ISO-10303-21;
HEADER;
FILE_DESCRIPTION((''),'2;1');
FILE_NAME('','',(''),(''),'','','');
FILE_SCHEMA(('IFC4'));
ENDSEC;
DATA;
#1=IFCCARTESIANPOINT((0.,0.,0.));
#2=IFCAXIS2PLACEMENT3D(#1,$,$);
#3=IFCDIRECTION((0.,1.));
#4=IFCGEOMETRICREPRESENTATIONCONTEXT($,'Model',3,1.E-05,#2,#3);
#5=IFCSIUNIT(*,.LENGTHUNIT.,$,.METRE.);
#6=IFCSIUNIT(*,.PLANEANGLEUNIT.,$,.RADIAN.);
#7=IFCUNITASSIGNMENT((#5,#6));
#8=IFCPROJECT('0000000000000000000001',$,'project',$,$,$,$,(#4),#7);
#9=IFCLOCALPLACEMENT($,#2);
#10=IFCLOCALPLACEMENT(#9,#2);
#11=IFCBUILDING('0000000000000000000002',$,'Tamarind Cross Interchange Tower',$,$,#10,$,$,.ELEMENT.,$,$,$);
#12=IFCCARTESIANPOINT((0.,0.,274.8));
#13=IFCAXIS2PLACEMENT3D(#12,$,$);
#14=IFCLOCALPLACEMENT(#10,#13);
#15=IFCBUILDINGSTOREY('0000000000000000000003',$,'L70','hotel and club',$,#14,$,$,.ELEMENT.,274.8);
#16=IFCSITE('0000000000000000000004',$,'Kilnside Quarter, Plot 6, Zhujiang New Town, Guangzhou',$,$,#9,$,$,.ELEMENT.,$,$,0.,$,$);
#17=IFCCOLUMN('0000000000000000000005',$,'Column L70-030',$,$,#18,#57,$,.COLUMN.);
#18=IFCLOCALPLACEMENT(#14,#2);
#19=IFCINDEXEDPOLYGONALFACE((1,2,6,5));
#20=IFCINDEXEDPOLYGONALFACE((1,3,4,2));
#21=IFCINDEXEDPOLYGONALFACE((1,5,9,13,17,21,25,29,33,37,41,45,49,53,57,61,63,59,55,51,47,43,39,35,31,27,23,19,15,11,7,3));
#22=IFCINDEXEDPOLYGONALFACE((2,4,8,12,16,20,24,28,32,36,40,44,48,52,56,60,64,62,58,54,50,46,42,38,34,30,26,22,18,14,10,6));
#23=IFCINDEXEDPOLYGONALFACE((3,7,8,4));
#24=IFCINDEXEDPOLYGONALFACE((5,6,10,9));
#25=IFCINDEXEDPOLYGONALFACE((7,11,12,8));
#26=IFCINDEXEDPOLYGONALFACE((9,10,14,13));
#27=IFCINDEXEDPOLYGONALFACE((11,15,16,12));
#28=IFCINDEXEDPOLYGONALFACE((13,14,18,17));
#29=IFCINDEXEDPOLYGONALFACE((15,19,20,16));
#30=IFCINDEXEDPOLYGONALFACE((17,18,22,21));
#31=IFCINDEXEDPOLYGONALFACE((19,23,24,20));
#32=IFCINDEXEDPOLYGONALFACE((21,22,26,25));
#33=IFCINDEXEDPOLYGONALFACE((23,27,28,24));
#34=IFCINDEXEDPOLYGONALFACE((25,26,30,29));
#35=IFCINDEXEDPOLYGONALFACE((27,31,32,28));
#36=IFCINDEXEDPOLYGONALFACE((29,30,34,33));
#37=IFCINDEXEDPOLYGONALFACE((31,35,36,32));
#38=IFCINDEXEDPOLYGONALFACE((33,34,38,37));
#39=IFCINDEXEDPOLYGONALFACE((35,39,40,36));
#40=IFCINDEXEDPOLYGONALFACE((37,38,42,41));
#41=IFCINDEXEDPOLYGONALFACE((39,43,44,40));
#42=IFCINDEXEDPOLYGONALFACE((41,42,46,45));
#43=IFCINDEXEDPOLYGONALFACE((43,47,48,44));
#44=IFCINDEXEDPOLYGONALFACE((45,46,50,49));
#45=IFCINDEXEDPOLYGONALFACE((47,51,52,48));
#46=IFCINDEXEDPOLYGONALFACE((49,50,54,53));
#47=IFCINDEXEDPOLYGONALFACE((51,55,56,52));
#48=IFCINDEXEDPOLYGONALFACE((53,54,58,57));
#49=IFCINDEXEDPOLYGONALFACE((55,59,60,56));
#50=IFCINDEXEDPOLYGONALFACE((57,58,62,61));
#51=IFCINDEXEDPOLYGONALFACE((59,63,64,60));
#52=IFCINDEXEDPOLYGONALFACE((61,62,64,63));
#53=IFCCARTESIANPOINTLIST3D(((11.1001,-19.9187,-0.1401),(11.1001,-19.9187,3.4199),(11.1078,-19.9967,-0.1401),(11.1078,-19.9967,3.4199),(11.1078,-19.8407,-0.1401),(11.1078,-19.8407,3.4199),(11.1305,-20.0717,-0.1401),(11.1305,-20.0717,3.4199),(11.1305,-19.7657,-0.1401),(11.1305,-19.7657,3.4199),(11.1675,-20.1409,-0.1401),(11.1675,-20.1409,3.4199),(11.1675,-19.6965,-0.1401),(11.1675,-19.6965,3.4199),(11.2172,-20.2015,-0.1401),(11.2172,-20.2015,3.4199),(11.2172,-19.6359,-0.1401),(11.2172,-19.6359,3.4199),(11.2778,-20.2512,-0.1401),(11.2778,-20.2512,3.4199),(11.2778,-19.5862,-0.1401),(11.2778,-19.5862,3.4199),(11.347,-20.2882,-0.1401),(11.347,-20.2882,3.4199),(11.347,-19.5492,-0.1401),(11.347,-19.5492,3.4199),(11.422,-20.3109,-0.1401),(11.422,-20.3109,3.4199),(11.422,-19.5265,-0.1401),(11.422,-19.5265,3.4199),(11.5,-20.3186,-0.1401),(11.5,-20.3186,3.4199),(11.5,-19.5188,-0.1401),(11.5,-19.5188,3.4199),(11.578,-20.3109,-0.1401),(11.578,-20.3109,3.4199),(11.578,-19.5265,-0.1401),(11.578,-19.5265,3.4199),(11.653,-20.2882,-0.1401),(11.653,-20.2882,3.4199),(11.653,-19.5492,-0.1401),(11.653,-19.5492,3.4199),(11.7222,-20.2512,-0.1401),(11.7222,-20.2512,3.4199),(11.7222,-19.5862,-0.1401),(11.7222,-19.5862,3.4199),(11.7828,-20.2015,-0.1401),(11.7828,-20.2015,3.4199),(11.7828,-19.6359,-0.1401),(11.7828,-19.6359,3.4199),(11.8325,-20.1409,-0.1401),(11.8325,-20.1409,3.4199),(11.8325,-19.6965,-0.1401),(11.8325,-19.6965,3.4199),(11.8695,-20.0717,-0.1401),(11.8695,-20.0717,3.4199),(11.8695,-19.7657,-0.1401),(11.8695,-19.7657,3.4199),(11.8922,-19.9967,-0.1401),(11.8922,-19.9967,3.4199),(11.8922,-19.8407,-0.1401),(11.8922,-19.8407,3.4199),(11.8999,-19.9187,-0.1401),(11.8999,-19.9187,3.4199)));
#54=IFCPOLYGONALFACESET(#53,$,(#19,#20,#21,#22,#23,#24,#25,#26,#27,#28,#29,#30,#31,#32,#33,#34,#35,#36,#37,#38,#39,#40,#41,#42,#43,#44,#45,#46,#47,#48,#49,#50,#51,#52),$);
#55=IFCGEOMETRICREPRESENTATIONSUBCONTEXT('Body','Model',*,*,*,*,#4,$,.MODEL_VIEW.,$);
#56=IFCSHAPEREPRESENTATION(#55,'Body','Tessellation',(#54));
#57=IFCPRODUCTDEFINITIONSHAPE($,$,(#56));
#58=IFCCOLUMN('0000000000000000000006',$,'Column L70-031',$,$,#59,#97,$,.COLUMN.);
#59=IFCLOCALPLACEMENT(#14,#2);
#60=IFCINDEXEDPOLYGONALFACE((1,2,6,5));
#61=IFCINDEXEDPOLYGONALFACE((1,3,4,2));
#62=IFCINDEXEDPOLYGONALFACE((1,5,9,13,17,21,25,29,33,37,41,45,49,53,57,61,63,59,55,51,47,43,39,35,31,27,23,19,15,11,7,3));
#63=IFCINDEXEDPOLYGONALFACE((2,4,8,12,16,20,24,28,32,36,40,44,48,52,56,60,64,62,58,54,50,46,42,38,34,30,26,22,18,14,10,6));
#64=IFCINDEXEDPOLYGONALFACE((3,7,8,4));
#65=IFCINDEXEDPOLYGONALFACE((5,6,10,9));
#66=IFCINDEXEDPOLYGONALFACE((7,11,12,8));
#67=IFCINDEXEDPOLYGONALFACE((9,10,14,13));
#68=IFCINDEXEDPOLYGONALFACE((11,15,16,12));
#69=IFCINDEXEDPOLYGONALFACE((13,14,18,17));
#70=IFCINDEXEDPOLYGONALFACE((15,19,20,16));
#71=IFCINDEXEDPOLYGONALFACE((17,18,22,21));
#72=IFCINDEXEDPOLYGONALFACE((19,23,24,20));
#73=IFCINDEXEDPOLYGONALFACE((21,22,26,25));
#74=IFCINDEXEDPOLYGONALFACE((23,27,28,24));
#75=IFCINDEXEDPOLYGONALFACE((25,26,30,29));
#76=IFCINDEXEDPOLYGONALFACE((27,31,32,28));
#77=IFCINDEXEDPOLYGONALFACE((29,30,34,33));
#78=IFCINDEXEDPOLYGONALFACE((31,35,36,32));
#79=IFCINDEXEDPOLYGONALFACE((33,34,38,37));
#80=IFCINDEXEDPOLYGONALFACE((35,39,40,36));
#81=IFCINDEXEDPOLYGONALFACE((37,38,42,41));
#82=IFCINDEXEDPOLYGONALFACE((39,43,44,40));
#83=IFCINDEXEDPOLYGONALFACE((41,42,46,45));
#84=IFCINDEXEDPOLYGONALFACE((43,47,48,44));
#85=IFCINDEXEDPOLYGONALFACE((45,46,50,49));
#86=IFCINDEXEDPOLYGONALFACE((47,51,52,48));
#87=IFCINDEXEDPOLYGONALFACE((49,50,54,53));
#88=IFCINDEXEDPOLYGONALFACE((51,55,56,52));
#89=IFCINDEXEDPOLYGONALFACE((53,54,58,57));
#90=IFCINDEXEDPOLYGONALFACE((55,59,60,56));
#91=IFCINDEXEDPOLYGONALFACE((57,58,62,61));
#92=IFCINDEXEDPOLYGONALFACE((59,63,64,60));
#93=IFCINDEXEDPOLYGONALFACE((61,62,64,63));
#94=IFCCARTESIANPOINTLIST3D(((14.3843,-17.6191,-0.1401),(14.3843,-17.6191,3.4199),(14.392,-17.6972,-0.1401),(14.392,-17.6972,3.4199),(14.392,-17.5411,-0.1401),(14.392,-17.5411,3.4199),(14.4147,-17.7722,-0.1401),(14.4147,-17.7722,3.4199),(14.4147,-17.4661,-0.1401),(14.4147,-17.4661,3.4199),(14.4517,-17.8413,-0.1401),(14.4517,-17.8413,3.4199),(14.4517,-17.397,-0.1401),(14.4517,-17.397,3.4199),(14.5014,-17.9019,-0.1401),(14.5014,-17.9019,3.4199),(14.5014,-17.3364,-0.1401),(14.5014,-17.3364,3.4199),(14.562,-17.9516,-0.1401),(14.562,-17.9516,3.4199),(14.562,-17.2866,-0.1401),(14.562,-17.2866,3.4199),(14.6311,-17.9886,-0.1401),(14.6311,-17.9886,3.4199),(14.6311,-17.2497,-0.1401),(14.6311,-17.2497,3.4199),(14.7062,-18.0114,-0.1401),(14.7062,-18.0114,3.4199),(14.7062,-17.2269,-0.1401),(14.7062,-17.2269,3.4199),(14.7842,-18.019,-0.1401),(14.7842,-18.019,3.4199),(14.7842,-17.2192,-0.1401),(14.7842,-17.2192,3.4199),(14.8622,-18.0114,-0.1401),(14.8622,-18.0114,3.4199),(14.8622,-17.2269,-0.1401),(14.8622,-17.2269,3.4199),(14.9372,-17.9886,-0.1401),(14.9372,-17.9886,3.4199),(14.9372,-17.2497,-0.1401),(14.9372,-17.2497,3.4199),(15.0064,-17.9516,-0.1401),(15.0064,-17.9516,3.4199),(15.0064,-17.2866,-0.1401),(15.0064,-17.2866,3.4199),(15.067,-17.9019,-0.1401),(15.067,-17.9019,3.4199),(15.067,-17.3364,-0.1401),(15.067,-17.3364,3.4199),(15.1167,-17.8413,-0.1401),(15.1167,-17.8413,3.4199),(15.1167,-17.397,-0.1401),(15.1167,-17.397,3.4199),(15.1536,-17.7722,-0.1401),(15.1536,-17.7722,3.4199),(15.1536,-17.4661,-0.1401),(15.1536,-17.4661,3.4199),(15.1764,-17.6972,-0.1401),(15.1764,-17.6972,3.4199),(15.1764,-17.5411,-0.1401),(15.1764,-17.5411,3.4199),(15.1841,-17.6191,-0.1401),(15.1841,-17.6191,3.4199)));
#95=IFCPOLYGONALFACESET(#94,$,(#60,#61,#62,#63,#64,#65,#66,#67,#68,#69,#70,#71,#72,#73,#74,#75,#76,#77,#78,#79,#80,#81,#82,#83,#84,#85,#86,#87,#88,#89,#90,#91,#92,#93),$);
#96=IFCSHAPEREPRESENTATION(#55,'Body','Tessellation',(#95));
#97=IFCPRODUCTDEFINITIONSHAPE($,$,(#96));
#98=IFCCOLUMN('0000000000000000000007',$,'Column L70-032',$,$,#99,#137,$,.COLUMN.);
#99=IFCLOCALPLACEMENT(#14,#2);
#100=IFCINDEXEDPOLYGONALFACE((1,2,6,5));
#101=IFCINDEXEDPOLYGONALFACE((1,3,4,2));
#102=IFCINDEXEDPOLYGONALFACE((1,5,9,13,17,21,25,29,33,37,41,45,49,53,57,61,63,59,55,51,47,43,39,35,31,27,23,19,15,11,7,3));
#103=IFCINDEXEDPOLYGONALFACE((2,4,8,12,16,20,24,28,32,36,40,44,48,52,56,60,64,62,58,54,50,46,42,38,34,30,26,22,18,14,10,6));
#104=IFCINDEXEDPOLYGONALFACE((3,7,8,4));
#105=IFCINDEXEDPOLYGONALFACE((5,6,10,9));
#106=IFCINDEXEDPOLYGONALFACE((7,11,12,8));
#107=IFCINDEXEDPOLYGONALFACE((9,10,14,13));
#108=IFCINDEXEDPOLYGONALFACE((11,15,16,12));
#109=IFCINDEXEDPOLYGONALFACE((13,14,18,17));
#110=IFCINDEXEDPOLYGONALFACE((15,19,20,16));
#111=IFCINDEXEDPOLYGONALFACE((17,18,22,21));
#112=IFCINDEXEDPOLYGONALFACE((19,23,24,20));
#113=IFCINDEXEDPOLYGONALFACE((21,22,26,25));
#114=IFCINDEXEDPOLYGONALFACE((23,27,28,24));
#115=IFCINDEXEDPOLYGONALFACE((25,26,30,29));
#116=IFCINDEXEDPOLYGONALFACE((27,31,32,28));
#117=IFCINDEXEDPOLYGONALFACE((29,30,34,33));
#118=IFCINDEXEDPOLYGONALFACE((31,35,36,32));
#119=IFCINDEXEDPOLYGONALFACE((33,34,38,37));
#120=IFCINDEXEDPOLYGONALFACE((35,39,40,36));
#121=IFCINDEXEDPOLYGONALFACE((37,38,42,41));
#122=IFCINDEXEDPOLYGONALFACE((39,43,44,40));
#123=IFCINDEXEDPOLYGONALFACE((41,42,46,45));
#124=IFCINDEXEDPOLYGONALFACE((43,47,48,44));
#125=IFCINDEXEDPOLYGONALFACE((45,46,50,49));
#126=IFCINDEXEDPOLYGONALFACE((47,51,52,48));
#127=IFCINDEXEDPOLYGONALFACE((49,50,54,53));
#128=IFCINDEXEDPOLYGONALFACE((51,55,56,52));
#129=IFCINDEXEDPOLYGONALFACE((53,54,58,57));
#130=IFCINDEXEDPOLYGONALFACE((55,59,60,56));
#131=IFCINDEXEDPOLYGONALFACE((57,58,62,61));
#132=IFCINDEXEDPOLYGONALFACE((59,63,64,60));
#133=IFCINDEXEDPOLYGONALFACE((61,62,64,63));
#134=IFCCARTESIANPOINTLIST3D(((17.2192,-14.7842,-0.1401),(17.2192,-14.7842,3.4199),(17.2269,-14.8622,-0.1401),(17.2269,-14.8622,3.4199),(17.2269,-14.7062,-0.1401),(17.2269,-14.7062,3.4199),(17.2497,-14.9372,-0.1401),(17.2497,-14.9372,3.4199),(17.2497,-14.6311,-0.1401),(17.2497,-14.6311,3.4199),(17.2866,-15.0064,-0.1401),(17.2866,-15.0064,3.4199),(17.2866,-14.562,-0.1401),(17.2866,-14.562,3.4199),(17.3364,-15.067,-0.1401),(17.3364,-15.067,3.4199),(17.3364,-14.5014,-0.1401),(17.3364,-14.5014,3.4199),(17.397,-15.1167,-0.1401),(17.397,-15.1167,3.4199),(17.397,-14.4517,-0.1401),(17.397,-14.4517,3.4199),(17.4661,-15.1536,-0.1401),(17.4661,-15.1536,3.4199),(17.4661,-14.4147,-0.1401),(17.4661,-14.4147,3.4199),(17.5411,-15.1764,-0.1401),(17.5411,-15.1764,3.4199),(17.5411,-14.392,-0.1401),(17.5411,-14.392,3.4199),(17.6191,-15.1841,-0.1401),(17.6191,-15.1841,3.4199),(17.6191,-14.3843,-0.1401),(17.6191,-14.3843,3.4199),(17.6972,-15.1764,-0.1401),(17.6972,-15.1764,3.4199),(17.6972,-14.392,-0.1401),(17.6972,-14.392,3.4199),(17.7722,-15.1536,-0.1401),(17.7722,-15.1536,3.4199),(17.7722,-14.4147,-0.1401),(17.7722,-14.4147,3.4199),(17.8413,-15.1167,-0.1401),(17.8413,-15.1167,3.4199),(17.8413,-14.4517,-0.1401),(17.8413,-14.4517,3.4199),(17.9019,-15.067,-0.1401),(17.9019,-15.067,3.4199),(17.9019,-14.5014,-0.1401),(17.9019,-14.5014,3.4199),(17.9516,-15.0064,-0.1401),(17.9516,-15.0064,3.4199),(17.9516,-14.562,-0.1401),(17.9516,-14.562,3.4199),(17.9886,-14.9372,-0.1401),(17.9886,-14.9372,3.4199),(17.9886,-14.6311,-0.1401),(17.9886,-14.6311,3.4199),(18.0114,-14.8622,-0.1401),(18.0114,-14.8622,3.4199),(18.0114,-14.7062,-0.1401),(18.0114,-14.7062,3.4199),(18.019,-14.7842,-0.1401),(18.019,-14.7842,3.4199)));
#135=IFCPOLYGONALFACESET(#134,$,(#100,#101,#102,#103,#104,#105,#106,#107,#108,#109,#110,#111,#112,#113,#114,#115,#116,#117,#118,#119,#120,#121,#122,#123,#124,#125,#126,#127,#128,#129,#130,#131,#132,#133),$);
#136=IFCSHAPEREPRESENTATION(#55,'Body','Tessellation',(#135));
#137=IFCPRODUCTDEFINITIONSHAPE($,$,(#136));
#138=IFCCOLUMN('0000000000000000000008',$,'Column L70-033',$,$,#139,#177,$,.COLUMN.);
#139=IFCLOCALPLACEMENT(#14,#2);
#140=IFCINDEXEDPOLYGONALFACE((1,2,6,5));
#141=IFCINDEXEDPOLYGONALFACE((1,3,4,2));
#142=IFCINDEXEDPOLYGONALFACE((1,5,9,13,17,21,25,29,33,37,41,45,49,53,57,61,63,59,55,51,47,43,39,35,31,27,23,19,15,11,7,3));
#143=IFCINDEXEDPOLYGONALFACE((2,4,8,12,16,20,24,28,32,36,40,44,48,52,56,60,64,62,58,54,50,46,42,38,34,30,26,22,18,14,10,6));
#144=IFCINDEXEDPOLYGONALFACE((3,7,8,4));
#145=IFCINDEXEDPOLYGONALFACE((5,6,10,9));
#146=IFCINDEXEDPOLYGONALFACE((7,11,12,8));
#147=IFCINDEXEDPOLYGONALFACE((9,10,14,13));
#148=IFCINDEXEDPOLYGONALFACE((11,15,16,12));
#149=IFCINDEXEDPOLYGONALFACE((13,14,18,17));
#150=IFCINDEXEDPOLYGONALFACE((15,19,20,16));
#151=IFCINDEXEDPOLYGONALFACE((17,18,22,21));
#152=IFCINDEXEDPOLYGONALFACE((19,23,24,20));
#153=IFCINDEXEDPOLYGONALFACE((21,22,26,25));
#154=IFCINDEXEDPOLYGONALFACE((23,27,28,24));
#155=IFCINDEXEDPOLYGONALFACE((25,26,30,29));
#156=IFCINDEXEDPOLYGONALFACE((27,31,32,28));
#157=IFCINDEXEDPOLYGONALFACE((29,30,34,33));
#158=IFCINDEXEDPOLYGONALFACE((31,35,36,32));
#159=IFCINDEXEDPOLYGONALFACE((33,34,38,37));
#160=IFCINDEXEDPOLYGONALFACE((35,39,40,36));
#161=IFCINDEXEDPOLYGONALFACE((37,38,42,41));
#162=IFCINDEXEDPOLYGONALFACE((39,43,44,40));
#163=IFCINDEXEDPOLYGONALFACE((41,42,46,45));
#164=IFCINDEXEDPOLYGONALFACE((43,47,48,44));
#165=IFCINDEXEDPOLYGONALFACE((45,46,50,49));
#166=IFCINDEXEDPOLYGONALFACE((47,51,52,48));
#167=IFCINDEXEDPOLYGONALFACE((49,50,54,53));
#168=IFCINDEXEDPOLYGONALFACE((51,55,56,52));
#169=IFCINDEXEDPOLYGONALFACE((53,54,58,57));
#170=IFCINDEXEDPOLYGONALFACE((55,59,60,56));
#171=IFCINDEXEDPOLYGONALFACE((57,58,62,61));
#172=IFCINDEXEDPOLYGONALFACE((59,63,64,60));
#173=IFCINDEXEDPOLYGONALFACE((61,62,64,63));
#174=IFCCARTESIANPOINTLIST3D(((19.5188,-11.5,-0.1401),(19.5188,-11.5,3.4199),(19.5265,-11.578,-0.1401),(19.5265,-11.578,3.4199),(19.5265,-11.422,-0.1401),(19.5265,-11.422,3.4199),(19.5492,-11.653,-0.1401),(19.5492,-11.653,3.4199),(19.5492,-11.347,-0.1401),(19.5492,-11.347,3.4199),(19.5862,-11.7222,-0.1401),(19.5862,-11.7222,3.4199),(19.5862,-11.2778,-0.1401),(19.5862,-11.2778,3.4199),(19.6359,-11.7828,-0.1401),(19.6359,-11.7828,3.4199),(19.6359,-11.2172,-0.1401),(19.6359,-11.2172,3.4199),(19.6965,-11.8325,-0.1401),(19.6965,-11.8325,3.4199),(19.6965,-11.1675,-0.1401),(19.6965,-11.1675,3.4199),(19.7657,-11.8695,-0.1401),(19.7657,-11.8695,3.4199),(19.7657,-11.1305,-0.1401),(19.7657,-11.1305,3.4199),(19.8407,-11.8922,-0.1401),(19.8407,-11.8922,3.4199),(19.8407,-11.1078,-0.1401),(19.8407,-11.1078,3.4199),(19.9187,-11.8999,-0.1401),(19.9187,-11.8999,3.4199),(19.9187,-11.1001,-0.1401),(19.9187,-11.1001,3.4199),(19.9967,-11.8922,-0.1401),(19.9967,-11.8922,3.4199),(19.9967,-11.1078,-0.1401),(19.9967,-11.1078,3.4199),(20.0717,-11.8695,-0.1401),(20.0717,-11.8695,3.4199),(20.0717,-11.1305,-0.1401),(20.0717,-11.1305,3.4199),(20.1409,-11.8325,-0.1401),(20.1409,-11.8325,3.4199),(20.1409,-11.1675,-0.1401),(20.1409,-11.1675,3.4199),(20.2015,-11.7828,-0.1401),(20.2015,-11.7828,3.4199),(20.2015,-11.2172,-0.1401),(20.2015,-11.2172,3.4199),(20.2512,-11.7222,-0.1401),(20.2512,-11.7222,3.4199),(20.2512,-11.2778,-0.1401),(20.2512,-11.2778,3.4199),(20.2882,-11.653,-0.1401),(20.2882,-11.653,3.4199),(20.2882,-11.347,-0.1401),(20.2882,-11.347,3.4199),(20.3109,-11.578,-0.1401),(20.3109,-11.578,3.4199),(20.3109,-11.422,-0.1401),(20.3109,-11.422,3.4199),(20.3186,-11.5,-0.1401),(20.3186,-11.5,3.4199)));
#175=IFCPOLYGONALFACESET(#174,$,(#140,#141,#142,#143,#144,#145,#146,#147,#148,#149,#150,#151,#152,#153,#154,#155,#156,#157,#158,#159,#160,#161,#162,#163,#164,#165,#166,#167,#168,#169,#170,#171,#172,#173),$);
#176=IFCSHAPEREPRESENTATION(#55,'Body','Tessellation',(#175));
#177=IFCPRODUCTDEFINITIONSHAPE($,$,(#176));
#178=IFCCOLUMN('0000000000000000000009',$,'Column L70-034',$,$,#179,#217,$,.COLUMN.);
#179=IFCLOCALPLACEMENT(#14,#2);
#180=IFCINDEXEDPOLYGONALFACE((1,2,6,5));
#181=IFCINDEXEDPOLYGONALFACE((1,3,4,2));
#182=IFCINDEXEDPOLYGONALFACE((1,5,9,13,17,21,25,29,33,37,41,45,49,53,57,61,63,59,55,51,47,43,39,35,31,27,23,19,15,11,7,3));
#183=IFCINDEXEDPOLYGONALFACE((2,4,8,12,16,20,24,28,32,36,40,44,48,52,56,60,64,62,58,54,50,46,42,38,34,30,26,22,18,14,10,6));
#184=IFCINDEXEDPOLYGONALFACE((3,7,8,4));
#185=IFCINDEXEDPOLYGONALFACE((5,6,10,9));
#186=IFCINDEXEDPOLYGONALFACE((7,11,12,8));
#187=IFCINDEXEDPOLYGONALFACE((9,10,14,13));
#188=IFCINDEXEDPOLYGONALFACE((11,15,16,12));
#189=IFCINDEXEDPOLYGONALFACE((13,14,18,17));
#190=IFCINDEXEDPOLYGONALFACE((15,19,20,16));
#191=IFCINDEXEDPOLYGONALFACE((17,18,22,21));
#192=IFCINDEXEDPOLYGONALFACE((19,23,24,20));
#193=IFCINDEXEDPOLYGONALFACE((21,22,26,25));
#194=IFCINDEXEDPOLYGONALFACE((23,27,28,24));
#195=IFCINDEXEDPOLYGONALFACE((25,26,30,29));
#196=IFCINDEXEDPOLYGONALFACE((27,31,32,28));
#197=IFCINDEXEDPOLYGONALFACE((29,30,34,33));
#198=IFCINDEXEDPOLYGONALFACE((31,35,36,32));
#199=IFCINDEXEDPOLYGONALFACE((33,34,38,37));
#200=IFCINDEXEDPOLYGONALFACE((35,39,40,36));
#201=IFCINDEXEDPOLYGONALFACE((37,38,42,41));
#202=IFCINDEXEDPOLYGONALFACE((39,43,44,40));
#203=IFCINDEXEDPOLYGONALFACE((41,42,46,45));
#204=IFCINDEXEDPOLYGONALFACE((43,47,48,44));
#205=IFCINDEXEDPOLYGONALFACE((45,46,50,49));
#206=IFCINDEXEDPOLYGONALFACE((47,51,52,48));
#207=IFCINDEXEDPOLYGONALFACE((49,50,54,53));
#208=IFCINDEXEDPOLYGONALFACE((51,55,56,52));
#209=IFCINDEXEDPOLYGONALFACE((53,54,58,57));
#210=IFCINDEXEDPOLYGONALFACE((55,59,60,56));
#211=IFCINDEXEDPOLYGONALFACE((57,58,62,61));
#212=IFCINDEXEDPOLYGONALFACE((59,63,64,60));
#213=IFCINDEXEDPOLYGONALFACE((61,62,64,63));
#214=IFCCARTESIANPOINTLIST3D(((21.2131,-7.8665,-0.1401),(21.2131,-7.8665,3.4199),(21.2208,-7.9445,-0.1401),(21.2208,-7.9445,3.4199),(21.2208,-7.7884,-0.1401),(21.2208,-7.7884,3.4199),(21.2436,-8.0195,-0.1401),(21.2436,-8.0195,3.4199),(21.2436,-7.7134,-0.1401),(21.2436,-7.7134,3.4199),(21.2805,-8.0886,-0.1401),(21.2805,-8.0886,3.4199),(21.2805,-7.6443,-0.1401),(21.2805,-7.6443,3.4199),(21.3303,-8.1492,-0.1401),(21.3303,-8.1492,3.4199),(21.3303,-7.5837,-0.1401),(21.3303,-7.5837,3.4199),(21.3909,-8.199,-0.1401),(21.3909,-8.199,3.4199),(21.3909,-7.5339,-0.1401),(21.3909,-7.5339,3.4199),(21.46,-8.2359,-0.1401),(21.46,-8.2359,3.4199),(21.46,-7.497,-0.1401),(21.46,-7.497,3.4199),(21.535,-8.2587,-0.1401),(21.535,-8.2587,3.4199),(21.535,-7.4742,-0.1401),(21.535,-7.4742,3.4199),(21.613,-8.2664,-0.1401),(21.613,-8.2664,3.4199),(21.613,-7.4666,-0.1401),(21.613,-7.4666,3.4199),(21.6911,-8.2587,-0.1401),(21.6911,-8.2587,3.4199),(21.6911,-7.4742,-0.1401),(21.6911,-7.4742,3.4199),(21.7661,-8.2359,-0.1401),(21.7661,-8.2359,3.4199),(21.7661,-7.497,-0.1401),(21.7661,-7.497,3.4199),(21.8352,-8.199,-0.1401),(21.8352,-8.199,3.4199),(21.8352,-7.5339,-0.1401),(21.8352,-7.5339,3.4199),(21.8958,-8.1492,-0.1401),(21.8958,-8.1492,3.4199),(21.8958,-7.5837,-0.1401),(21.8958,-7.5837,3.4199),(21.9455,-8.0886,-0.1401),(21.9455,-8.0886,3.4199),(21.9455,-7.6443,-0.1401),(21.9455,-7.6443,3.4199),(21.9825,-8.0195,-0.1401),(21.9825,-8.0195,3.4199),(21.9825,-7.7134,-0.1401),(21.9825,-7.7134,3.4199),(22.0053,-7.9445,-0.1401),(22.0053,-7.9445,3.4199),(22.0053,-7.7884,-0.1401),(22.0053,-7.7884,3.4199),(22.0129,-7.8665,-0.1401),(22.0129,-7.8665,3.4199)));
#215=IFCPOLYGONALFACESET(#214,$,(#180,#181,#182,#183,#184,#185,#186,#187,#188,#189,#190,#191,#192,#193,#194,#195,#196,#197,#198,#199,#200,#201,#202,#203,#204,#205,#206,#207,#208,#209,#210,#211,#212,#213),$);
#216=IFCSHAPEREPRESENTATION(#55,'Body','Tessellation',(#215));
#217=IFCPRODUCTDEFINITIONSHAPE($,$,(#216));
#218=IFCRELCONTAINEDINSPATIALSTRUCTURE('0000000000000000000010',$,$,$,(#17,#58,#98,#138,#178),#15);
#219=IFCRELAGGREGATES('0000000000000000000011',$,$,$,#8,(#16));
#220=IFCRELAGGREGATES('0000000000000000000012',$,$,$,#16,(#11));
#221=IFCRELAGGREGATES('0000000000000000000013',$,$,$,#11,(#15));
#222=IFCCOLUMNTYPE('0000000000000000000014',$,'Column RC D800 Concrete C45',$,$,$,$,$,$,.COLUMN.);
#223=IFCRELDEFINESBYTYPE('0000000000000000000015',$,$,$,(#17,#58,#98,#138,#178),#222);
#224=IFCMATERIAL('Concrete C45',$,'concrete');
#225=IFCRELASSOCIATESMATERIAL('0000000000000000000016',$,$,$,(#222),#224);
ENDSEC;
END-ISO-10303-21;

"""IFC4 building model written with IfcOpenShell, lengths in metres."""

from ifc_helpers import new_model, si_unit, direction, frame, origin, origin_2d, place, context, subcontext, project, spatial, circle, extrude, material, material_profile, profile_set, type_object, element, save


model = new_model("IFC4")

# Units and contexts
model_context = context("Model", 3, precision=1e-05, world=origin(), true_north=direction((0.0, 1.0)))
body_context = subcontext(model_context, "Body", "Model", "MODEL_VIEW")
ifc_project = project(units=[si_unit("LENGTHUNIT", "METRE"), si_unit("PLANEANGLEUNIT", "RADIAN")], contexts=[model_context])

# Site, building, storey
site_placement = place(None, origin())
site = spatial("IfcSite", under=ifc_project, at=site_placement, Name="Kilnside Quarter, Plot 6, Zhujiang New Town, Guangzhou", CompositionType="ELEMENT", RefElevation=0.0)
building_placement = place(site_placement, origin())
building = spatial("IfcBuilding", under=site, at=building_placement, Name="Tamarind Cross Interchange Tower", CompositionType="ELEMENT")
storey_placement = place(building_placement, frame((0.0, 0.0, 274.8)))
storey = spatial("IfcBuildingStorey", under=building, at=storey_placement, Name="L70", Description="hotel and club", CompositionType="ELEMENT", Elevation=274.8)

# Columns
ifc_material_1 = material(Name="Concrete C45", Category="concrete")
ifc_material_profile_1 = material_profile(ifc_material_1, circle(Radius=0.3999, at=origin_2d()), Name="RC D800")
ifc_profile_set_1 = profile_set([ifc_material_profile_1], Name="Concrete C45")
column_type = type_object("IfcColumnType", Name="Column RC D800 Concrete C45", PredefinedType="COLUMN", material=ifc_profile_set_1)
for number, where, z_axis, x_axis, name in (
    (1, (11.5, -19.9187, -0.1401), (0.0, 0.0, 1.0), (1.0, 0.0, 0.0), "Column L70-030"),
    (2, (14.7842, -17.6191, -0.1401), (0.0, 0.0, 1.0), (1.0, 0.0, 0.0), "Column L70-031"),
    (3, (17.6191, -14.7842, -0.1401), (0.0, 0.0, 1.0), (1.0, 0.0, 0.0), "Column L70-032"),
    (4, (19.9187, -11.5, -0.1401), (0.0, 0.0, 1.0), (1.0, 0.0, 0.0), "Column L70-033"),
    (5, (21.613, -7.8665, -0.1401), (0.0, 0.0, 1.0), (1.0, 0.0, 0.0), "Column L70-034"),
):
    element("IfcColumn", number, at=place(storey_placement, frame(where, z_axis=z_axis, x_axis=x_axis)), inside=storey, type_object=column_type, Name=name, PredefinedType="COLUMN", context=body_context, shape_type="SweptSolid", body=[
        extrude(circle(Radius=0.3999, at=origin_2d()), origin(), (0.0, 0.0, 1.0), 3.5601),
    ])

save(model, "model.ifc")
